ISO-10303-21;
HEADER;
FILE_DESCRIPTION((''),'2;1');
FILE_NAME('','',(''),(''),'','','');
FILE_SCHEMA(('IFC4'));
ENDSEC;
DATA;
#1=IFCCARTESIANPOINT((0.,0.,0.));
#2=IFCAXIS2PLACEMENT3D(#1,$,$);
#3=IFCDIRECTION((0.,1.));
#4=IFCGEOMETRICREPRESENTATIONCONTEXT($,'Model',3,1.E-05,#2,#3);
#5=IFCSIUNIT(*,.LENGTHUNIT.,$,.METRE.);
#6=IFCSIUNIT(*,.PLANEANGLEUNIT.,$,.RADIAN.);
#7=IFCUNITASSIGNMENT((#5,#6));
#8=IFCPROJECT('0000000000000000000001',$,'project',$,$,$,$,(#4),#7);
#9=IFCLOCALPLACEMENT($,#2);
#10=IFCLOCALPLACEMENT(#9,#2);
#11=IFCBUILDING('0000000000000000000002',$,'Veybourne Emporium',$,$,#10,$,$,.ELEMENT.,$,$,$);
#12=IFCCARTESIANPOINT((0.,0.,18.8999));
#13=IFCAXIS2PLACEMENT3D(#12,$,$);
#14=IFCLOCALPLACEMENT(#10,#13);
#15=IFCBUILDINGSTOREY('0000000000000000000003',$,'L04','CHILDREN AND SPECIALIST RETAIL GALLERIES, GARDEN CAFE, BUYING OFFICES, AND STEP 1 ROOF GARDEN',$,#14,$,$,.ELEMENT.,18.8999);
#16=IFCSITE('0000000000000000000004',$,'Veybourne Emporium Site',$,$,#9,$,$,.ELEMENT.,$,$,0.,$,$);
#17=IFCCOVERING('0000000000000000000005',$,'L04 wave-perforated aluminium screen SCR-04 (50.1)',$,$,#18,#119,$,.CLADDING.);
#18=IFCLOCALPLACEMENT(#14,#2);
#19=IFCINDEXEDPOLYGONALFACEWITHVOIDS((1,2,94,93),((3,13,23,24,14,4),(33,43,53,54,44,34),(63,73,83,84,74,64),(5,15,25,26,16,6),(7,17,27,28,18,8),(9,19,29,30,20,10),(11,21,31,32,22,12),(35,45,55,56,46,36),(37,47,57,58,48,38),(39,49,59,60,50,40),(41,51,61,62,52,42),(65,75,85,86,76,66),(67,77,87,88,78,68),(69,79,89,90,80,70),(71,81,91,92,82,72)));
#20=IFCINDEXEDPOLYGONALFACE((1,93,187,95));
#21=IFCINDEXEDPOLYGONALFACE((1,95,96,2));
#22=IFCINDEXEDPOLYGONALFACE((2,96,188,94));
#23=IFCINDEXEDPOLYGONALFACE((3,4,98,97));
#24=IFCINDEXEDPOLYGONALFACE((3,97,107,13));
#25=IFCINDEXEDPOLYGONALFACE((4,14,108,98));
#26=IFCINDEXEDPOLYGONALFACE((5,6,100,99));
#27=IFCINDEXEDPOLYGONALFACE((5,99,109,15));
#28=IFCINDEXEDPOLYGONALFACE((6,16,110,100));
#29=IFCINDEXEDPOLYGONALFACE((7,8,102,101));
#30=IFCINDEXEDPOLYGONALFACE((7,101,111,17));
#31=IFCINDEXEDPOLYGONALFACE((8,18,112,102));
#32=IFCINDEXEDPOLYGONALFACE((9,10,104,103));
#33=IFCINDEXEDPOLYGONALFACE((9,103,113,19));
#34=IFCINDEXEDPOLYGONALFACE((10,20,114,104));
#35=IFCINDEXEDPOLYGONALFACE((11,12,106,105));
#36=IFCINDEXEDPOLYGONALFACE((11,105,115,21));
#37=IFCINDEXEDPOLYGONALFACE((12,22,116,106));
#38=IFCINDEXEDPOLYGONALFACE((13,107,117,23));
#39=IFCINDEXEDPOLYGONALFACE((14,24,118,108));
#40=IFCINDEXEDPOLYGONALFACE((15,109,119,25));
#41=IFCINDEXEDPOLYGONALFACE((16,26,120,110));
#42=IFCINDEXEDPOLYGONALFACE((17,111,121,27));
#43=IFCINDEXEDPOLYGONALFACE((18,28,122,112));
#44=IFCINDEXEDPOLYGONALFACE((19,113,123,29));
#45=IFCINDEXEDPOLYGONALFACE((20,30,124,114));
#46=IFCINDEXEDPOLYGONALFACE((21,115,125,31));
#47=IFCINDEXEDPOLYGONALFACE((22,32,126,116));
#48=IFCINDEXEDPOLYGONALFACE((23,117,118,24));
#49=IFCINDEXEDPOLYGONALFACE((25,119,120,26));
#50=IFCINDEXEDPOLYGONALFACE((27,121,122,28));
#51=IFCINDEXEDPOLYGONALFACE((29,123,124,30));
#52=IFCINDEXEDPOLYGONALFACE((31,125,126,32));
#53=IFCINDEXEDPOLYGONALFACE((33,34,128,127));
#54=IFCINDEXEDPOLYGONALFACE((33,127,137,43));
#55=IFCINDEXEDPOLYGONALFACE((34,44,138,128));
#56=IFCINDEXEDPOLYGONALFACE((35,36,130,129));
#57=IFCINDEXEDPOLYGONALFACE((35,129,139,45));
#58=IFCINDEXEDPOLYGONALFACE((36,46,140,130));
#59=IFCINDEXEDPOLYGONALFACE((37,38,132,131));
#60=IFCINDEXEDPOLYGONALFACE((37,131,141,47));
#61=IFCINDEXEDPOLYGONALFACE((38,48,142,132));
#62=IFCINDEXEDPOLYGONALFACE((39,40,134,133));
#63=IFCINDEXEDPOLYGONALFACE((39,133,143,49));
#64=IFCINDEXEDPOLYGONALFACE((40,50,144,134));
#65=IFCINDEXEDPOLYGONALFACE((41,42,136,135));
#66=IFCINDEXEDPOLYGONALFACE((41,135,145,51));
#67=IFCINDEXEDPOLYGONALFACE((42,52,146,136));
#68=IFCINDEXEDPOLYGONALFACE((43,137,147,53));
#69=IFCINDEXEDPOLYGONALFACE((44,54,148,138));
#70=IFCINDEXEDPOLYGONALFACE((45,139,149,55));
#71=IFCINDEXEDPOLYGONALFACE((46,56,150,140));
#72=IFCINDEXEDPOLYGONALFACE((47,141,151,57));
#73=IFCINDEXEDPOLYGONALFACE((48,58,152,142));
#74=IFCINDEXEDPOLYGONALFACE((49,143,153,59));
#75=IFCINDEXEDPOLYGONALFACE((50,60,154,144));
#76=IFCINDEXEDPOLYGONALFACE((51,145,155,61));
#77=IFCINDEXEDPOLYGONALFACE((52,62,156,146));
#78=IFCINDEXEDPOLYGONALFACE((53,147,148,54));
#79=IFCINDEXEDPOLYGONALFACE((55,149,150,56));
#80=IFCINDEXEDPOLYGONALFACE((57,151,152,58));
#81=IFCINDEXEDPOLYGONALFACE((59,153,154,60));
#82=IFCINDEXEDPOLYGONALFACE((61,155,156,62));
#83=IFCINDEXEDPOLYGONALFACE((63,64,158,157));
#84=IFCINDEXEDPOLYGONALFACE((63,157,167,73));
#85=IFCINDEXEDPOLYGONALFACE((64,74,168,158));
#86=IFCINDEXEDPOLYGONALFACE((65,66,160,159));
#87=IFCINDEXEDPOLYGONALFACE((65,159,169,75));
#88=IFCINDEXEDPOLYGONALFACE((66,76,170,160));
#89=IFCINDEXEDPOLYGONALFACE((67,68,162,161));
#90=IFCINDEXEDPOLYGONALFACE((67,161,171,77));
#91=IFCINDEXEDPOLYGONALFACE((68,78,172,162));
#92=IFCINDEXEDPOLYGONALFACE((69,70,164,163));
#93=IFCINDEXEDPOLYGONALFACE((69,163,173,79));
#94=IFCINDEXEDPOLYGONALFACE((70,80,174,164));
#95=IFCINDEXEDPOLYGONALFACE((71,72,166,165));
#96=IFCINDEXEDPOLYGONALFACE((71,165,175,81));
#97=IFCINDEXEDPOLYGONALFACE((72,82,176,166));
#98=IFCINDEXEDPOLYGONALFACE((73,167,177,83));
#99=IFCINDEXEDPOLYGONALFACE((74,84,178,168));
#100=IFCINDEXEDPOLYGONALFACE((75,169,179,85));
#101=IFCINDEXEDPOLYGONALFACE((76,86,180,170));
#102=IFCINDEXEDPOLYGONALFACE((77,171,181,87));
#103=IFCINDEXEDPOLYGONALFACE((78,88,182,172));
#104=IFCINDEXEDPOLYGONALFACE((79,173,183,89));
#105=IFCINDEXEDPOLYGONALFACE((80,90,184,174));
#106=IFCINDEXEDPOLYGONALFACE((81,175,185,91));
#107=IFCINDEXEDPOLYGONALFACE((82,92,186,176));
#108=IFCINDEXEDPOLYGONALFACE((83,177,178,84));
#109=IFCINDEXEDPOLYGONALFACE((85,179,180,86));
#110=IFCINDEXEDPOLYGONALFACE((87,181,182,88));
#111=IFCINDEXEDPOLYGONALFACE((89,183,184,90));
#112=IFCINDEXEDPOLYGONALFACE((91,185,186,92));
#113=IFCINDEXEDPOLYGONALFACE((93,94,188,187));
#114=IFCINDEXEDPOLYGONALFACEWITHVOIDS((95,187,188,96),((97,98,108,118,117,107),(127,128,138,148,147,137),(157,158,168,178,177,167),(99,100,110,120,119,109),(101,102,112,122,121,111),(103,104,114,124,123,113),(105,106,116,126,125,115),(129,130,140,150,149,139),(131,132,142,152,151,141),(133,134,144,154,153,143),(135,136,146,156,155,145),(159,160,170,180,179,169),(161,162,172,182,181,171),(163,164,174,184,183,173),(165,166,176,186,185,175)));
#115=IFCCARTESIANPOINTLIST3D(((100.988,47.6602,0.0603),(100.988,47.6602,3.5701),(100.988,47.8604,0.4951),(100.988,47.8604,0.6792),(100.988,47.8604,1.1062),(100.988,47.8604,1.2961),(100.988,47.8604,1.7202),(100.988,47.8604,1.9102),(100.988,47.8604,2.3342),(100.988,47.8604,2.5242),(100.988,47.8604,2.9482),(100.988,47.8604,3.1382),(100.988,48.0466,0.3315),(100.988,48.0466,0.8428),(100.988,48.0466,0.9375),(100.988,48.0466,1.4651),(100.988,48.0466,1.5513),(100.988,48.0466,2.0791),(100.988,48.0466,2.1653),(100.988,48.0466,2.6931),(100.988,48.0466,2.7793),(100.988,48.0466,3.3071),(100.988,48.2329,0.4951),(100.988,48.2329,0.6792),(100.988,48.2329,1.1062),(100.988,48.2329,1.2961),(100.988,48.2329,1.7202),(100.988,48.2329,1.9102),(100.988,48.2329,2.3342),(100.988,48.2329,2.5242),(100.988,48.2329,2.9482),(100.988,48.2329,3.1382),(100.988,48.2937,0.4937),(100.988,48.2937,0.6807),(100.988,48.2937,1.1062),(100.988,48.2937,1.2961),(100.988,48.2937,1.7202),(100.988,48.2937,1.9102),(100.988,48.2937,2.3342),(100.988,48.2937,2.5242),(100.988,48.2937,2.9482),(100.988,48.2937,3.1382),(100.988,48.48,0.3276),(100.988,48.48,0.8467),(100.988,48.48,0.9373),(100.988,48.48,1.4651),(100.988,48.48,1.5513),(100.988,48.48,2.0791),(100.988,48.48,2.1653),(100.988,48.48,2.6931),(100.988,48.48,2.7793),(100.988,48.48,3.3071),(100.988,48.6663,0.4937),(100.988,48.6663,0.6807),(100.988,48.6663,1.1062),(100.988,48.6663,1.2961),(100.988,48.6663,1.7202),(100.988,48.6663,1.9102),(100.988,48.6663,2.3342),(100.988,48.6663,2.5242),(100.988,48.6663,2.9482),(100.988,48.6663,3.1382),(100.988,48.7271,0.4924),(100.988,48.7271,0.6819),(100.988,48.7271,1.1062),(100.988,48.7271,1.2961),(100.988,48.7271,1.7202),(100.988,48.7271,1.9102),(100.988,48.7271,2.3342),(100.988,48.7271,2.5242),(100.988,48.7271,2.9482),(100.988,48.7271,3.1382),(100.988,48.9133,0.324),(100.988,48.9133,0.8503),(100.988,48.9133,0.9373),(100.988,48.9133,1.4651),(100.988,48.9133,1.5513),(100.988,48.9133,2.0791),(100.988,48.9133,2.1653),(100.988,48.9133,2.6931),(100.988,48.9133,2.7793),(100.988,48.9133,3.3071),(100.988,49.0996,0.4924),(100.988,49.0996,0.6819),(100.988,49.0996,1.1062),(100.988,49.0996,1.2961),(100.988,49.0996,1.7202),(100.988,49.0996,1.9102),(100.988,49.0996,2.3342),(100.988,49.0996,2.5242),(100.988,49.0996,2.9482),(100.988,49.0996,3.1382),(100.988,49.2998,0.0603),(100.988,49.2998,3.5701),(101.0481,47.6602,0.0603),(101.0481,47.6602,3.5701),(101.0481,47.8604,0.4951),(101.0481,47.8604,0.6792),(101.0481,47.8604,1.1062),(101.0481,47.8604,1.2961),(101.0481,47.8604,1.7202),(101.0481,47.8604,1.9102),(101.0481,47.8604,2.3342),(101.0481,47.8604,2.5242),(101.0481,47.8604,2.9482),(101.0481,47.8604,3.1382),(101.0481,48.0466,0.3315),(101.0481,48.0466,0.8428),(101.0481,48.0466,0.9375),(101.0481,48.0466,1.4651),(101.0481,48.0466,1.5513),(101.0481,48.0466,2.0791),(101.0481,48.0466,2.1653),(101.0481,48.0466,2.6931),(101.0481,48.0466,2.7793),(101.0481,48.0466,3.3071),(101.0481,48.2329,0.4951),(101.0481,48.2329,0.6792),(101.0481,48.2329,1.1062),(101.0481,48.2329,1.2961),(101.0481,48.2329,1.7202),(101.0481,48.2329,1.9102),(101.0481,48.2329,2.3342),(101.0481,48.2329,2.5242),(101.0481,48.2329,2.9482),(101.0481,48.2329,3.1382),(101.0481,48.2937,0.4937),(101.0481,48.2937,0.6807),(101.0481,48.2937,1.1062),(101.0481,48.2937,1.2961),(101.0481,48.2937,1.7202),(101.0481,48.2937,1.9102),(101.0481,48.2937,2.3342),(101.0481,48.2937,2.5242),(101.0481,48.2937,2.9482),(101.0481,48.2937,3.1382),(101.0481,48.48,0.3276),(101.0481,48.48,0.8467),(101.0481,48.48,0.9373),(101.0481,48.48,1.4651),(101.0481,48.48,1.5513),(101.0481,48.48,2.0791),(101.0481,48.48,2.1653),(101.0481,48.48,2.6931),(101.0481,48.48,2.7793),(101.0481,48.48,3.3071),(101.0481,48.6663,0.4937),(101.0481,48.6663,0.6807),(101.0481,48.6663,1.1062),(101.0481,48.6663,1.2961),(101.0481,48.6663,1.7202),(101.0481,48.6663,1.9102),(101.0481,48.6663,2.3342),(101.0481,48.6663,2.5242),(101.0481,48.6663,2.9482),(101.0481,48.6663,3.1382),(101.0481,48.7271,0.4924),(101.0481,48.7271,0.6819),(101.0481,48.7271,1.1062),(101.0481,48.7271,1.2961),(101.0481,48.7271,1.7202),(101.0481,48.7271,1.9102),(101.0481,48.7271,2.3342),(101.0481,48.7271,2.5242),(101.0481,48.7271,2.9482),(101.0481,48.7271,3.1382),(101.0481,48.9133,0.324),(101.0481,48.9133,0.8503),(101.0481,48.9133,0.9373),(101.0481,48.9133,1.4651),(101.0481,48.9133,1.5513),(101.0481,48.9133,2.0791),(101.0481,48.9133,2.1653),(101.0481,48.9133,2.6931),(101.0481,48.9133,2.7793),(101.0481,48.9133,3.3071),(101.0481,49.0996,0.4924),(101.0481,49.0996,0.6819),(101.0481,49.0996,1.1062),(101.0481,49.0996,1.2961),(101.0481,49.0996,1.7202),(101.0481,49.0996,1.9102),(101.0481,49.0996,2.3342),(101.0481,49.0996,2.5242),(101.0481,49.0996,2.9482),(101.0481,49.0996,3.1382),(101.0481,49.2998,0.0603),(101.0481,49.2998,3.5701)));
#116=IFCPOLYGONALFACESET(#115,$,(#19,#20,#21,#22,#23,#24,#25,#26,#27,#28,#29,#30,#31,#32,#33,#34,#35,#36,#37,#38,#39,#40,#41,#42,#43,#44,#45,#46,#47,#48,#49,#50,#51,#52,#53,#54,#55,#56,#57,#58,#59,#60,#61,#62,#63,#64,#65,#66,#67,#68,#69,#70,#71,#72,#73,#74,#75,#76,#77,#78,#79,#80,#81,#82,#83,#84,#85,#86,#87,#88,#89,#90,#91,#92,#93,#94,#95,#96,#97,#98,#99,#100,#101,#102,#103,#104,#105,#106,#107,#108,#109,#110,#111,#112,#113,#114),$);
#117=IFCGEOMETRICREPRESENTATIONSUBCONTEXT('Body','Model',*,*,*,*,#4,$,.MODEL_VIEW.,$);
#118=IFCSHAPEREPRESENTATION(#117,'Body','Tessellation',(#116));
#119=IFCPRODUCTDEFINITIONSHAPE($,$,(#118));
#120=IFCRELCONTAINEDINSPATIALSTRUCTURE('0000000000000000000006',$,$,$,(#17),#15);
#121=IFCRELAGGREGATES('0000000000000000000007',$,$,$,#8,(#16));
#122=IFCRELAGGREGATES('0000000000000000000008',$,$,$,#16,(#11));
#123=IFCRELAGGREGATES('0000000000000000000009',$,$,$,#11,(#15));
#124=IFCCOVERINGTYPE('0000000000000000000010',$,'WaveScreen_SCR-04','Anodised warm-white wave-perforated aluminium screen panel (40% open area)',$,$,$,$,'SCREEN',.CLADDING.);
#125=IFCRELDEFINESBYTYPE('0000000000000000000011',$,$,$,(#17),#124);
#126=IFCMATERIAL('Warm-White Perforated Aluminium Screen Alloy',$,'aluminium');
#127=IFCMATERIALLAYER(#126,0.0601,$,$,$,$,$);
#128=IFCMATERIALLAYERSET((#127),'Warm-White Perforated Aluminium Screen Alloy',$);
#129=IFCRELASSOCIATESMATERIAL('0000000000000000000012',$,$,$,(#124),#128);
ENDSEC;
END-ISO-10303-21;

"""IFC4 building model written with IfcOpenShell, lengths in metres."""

from ifc_helpers import new_model, si_unit, direction, frame, origin, place, context, subcontext, project, spatial, polyline, outline, extrude, material, layer, layer_set, type_object, element, save


model = new_model("IFC4")

# Units and contexts
model_context = context("Model", 3, precision=1e-05, world=origin(), true_north=direction((0.0, 1.0)))
body_context = subcontext(model_context, "Body", "Model", "MODEL_VIEW")
ifc_project = project(units=[si_unit("LENGTHUNIT", "METRE"), si_unit("PLANEANGLEUNIT", "RADIAN")], contexts=[model_context])

# Site, building, storey
site_placement = place(None, origin())
site = spatial("IfcSite", under=ifc_project, at=site_placement, Name="Veybourne Emporium Site", CompositionType="ELEMENT", RefElevation=0.0)
building_placement = place(site_placement, origin())
building = spatial("IfcBuilding", under=site, at=building_placement, Name="Veybourne Emporium", CompositionType="ELEMENT")
storey_placement = place(building_placement, frame((0.0, 0.0, 18.8999)))
storey = spatial("IfcBuildingStorey", under=building, at=storey_placement, Name="L04", Description="CHILDREN AND SPECIALIST RETAIL GALLERIES, GARDEN CAFE, BUYING OFFICES, AND STEP 1 ROOF GARDEN", CompositionType="ELEMENT", Elevation=18.8999)

# Covering
ifc_material_1 = material(Name="Warm-White Perforated Aluminium Screen Alloy", Category="aluminium")
ifc_layer_1 = layer(ifc_material_1, 0.0601)
ifc_layer_set_1 = layer_set([ifc_layer_1], Name="Warm-White Perforated Aluminium Screen Alloy")
covering_type_1 = type_object("IfcCoveringType", Name="WaveScreen_SCR-04", Description="Anodised warm-white wave-perforated aluminium screen panel (40% open area)", ElementType="SCREEN", PredefinedType="CLADDING", material=ifc_layer_set_1)
covering_1_placement = place(storey_placement, frame((101.0481, 48.48, 1.8152), z_axis=(-1.0, 0.0, 0.0), x_axis=(0.0, -1.0, 0.0)))
element("IfcCovering", 1, at=covering_1_placement, inside=storey, type_object=covering_type_1, Name="L04 wave-perforated aluminium screen SCR-04 (50.1)", PredefinedType="CLADDING", context=body_context, shape_type="SweptSolid", body=[
    extrude(outline(polyline([(-0.8198, -1.7549), (0.8198, -1.7549), (0.8198, 1.7549), (-0.8198, 1.7549), (-0.8198, -1.7549)]), holes=[polyline([(-0.4333, -0.9648), (-0.2471, -1.1333), (-0.2471, -1.3228), (-0.4333, -1.4912), (-0.6196, -1.3228), (-0.6196, -1.1333), (-0.4333, -0.9648)]), polyline([(-0.4333, -0.3501), (-0.2471, -0.519), (-0.2471, -0.709), (-0.4333, -0.8779), (-0.6196, -0.709), (-0.6196, -0.519), (-0.4333, -0.3501)]), polyline([(-0.4333, 0.2639), (-0.2471, 0.095), (-0.2471, -0.095), (-0.4333, -0.2639), (-0.6196, -0.095), (-0.6196, 0.095), (-0.4333, 0.2639)]), polyline([(-0.4333, 0.8779), (-0.2471, 0.709), (-0.2471, 0.519), (-0.4333, 0.3501), (-0.6196, 0.519), (-0.6196, 0.709), (-0.4333, 0.8779)]), polyline([(-0.4333, 1.4919), (-0.2471, 1.323), (-0.2471, 1.1331), (-0.4333, 0.9641), (-0.6196, 1.1331), (-0.6196, 1.323), (-0.4333, 1.4919)]), polyline([(0.0, -0.9685), (0.1863, -1.1345), (0.1863, -1.3215), (0.0, -1.4875), (-0.1863, -1.3215), (-0.1863, -1.1345), (0.0, -0.9685)]), polyline([(0.0, -0.3501), (0.1863, -0.519), (0.1863, -0.709), (0.0, -0.8779), (-0.1863, -0.709), (-0.1863, -0.519), (0.0, -0.3501)]), polyline([(0.0, 0.2639), (0.1863, 0.095), (0.1863, -0.095), (0.0, -0.2639), (-0.1863, -0.095), (-0.1863, 0.095), (0.0, 0.2639)]), polyline([(0.0, 0.8779), (0.1863, 0.709), (0.1863, 0.519), (0.0, 0.3501), (-0.1863, 0.519), (-0.1863, 0.709), (0.0, 0.8779)]), polyline([(0.0, 1.4919), (0.1863, 1.323), (0.1863, 1.1331), (0.0, 0.9641), (-0.1863, 1.1331), (-0.1863, 1.323), (0.0, 1.4919)]), polyline([(0.4333, -0.9724), (0.6196, -1.136), (0.6196, -1.3201), (0.4333, -1.4836), (0.2471, -1.3201), (0.2471, -1.136), (0.4333, -0.9724)]), polyline([(0.4333, -0.3501), (0.6196, -0.519), (0.6196, -0.709), (0.4333, -0.8777), (0.2471, -0.709), (0.2471, -0.519), (0.4333, -0.3501)]), polyline([(0.4333, 0.2639), (0.6196, 0.095), (0.6196, -0.095), (0.4333, -0.2639), (0.2471, -0.095), (0.2471, 0.095), (0.4333, 0.2639)]), polyline([(0.4333, 0.8779), (0.6196, 0.709), (0.6196, 0.519), (0.4333, 0.3501), (0.2471, 0.519), (0.2471, 0.709), (0.4333, 0.8779)]), polyline([(0.4333, 1.4919), (0.6196, 1.323), (0.6196, 1.1331), (0.4333, 0.9641), (0.2471, 1.1331), (0.2471, 1.323), (0.4333, 1.4919)])]), origin(), (0.0, 0.0, 1.0), 0.0601),
])

save(model, "model.ifc")
